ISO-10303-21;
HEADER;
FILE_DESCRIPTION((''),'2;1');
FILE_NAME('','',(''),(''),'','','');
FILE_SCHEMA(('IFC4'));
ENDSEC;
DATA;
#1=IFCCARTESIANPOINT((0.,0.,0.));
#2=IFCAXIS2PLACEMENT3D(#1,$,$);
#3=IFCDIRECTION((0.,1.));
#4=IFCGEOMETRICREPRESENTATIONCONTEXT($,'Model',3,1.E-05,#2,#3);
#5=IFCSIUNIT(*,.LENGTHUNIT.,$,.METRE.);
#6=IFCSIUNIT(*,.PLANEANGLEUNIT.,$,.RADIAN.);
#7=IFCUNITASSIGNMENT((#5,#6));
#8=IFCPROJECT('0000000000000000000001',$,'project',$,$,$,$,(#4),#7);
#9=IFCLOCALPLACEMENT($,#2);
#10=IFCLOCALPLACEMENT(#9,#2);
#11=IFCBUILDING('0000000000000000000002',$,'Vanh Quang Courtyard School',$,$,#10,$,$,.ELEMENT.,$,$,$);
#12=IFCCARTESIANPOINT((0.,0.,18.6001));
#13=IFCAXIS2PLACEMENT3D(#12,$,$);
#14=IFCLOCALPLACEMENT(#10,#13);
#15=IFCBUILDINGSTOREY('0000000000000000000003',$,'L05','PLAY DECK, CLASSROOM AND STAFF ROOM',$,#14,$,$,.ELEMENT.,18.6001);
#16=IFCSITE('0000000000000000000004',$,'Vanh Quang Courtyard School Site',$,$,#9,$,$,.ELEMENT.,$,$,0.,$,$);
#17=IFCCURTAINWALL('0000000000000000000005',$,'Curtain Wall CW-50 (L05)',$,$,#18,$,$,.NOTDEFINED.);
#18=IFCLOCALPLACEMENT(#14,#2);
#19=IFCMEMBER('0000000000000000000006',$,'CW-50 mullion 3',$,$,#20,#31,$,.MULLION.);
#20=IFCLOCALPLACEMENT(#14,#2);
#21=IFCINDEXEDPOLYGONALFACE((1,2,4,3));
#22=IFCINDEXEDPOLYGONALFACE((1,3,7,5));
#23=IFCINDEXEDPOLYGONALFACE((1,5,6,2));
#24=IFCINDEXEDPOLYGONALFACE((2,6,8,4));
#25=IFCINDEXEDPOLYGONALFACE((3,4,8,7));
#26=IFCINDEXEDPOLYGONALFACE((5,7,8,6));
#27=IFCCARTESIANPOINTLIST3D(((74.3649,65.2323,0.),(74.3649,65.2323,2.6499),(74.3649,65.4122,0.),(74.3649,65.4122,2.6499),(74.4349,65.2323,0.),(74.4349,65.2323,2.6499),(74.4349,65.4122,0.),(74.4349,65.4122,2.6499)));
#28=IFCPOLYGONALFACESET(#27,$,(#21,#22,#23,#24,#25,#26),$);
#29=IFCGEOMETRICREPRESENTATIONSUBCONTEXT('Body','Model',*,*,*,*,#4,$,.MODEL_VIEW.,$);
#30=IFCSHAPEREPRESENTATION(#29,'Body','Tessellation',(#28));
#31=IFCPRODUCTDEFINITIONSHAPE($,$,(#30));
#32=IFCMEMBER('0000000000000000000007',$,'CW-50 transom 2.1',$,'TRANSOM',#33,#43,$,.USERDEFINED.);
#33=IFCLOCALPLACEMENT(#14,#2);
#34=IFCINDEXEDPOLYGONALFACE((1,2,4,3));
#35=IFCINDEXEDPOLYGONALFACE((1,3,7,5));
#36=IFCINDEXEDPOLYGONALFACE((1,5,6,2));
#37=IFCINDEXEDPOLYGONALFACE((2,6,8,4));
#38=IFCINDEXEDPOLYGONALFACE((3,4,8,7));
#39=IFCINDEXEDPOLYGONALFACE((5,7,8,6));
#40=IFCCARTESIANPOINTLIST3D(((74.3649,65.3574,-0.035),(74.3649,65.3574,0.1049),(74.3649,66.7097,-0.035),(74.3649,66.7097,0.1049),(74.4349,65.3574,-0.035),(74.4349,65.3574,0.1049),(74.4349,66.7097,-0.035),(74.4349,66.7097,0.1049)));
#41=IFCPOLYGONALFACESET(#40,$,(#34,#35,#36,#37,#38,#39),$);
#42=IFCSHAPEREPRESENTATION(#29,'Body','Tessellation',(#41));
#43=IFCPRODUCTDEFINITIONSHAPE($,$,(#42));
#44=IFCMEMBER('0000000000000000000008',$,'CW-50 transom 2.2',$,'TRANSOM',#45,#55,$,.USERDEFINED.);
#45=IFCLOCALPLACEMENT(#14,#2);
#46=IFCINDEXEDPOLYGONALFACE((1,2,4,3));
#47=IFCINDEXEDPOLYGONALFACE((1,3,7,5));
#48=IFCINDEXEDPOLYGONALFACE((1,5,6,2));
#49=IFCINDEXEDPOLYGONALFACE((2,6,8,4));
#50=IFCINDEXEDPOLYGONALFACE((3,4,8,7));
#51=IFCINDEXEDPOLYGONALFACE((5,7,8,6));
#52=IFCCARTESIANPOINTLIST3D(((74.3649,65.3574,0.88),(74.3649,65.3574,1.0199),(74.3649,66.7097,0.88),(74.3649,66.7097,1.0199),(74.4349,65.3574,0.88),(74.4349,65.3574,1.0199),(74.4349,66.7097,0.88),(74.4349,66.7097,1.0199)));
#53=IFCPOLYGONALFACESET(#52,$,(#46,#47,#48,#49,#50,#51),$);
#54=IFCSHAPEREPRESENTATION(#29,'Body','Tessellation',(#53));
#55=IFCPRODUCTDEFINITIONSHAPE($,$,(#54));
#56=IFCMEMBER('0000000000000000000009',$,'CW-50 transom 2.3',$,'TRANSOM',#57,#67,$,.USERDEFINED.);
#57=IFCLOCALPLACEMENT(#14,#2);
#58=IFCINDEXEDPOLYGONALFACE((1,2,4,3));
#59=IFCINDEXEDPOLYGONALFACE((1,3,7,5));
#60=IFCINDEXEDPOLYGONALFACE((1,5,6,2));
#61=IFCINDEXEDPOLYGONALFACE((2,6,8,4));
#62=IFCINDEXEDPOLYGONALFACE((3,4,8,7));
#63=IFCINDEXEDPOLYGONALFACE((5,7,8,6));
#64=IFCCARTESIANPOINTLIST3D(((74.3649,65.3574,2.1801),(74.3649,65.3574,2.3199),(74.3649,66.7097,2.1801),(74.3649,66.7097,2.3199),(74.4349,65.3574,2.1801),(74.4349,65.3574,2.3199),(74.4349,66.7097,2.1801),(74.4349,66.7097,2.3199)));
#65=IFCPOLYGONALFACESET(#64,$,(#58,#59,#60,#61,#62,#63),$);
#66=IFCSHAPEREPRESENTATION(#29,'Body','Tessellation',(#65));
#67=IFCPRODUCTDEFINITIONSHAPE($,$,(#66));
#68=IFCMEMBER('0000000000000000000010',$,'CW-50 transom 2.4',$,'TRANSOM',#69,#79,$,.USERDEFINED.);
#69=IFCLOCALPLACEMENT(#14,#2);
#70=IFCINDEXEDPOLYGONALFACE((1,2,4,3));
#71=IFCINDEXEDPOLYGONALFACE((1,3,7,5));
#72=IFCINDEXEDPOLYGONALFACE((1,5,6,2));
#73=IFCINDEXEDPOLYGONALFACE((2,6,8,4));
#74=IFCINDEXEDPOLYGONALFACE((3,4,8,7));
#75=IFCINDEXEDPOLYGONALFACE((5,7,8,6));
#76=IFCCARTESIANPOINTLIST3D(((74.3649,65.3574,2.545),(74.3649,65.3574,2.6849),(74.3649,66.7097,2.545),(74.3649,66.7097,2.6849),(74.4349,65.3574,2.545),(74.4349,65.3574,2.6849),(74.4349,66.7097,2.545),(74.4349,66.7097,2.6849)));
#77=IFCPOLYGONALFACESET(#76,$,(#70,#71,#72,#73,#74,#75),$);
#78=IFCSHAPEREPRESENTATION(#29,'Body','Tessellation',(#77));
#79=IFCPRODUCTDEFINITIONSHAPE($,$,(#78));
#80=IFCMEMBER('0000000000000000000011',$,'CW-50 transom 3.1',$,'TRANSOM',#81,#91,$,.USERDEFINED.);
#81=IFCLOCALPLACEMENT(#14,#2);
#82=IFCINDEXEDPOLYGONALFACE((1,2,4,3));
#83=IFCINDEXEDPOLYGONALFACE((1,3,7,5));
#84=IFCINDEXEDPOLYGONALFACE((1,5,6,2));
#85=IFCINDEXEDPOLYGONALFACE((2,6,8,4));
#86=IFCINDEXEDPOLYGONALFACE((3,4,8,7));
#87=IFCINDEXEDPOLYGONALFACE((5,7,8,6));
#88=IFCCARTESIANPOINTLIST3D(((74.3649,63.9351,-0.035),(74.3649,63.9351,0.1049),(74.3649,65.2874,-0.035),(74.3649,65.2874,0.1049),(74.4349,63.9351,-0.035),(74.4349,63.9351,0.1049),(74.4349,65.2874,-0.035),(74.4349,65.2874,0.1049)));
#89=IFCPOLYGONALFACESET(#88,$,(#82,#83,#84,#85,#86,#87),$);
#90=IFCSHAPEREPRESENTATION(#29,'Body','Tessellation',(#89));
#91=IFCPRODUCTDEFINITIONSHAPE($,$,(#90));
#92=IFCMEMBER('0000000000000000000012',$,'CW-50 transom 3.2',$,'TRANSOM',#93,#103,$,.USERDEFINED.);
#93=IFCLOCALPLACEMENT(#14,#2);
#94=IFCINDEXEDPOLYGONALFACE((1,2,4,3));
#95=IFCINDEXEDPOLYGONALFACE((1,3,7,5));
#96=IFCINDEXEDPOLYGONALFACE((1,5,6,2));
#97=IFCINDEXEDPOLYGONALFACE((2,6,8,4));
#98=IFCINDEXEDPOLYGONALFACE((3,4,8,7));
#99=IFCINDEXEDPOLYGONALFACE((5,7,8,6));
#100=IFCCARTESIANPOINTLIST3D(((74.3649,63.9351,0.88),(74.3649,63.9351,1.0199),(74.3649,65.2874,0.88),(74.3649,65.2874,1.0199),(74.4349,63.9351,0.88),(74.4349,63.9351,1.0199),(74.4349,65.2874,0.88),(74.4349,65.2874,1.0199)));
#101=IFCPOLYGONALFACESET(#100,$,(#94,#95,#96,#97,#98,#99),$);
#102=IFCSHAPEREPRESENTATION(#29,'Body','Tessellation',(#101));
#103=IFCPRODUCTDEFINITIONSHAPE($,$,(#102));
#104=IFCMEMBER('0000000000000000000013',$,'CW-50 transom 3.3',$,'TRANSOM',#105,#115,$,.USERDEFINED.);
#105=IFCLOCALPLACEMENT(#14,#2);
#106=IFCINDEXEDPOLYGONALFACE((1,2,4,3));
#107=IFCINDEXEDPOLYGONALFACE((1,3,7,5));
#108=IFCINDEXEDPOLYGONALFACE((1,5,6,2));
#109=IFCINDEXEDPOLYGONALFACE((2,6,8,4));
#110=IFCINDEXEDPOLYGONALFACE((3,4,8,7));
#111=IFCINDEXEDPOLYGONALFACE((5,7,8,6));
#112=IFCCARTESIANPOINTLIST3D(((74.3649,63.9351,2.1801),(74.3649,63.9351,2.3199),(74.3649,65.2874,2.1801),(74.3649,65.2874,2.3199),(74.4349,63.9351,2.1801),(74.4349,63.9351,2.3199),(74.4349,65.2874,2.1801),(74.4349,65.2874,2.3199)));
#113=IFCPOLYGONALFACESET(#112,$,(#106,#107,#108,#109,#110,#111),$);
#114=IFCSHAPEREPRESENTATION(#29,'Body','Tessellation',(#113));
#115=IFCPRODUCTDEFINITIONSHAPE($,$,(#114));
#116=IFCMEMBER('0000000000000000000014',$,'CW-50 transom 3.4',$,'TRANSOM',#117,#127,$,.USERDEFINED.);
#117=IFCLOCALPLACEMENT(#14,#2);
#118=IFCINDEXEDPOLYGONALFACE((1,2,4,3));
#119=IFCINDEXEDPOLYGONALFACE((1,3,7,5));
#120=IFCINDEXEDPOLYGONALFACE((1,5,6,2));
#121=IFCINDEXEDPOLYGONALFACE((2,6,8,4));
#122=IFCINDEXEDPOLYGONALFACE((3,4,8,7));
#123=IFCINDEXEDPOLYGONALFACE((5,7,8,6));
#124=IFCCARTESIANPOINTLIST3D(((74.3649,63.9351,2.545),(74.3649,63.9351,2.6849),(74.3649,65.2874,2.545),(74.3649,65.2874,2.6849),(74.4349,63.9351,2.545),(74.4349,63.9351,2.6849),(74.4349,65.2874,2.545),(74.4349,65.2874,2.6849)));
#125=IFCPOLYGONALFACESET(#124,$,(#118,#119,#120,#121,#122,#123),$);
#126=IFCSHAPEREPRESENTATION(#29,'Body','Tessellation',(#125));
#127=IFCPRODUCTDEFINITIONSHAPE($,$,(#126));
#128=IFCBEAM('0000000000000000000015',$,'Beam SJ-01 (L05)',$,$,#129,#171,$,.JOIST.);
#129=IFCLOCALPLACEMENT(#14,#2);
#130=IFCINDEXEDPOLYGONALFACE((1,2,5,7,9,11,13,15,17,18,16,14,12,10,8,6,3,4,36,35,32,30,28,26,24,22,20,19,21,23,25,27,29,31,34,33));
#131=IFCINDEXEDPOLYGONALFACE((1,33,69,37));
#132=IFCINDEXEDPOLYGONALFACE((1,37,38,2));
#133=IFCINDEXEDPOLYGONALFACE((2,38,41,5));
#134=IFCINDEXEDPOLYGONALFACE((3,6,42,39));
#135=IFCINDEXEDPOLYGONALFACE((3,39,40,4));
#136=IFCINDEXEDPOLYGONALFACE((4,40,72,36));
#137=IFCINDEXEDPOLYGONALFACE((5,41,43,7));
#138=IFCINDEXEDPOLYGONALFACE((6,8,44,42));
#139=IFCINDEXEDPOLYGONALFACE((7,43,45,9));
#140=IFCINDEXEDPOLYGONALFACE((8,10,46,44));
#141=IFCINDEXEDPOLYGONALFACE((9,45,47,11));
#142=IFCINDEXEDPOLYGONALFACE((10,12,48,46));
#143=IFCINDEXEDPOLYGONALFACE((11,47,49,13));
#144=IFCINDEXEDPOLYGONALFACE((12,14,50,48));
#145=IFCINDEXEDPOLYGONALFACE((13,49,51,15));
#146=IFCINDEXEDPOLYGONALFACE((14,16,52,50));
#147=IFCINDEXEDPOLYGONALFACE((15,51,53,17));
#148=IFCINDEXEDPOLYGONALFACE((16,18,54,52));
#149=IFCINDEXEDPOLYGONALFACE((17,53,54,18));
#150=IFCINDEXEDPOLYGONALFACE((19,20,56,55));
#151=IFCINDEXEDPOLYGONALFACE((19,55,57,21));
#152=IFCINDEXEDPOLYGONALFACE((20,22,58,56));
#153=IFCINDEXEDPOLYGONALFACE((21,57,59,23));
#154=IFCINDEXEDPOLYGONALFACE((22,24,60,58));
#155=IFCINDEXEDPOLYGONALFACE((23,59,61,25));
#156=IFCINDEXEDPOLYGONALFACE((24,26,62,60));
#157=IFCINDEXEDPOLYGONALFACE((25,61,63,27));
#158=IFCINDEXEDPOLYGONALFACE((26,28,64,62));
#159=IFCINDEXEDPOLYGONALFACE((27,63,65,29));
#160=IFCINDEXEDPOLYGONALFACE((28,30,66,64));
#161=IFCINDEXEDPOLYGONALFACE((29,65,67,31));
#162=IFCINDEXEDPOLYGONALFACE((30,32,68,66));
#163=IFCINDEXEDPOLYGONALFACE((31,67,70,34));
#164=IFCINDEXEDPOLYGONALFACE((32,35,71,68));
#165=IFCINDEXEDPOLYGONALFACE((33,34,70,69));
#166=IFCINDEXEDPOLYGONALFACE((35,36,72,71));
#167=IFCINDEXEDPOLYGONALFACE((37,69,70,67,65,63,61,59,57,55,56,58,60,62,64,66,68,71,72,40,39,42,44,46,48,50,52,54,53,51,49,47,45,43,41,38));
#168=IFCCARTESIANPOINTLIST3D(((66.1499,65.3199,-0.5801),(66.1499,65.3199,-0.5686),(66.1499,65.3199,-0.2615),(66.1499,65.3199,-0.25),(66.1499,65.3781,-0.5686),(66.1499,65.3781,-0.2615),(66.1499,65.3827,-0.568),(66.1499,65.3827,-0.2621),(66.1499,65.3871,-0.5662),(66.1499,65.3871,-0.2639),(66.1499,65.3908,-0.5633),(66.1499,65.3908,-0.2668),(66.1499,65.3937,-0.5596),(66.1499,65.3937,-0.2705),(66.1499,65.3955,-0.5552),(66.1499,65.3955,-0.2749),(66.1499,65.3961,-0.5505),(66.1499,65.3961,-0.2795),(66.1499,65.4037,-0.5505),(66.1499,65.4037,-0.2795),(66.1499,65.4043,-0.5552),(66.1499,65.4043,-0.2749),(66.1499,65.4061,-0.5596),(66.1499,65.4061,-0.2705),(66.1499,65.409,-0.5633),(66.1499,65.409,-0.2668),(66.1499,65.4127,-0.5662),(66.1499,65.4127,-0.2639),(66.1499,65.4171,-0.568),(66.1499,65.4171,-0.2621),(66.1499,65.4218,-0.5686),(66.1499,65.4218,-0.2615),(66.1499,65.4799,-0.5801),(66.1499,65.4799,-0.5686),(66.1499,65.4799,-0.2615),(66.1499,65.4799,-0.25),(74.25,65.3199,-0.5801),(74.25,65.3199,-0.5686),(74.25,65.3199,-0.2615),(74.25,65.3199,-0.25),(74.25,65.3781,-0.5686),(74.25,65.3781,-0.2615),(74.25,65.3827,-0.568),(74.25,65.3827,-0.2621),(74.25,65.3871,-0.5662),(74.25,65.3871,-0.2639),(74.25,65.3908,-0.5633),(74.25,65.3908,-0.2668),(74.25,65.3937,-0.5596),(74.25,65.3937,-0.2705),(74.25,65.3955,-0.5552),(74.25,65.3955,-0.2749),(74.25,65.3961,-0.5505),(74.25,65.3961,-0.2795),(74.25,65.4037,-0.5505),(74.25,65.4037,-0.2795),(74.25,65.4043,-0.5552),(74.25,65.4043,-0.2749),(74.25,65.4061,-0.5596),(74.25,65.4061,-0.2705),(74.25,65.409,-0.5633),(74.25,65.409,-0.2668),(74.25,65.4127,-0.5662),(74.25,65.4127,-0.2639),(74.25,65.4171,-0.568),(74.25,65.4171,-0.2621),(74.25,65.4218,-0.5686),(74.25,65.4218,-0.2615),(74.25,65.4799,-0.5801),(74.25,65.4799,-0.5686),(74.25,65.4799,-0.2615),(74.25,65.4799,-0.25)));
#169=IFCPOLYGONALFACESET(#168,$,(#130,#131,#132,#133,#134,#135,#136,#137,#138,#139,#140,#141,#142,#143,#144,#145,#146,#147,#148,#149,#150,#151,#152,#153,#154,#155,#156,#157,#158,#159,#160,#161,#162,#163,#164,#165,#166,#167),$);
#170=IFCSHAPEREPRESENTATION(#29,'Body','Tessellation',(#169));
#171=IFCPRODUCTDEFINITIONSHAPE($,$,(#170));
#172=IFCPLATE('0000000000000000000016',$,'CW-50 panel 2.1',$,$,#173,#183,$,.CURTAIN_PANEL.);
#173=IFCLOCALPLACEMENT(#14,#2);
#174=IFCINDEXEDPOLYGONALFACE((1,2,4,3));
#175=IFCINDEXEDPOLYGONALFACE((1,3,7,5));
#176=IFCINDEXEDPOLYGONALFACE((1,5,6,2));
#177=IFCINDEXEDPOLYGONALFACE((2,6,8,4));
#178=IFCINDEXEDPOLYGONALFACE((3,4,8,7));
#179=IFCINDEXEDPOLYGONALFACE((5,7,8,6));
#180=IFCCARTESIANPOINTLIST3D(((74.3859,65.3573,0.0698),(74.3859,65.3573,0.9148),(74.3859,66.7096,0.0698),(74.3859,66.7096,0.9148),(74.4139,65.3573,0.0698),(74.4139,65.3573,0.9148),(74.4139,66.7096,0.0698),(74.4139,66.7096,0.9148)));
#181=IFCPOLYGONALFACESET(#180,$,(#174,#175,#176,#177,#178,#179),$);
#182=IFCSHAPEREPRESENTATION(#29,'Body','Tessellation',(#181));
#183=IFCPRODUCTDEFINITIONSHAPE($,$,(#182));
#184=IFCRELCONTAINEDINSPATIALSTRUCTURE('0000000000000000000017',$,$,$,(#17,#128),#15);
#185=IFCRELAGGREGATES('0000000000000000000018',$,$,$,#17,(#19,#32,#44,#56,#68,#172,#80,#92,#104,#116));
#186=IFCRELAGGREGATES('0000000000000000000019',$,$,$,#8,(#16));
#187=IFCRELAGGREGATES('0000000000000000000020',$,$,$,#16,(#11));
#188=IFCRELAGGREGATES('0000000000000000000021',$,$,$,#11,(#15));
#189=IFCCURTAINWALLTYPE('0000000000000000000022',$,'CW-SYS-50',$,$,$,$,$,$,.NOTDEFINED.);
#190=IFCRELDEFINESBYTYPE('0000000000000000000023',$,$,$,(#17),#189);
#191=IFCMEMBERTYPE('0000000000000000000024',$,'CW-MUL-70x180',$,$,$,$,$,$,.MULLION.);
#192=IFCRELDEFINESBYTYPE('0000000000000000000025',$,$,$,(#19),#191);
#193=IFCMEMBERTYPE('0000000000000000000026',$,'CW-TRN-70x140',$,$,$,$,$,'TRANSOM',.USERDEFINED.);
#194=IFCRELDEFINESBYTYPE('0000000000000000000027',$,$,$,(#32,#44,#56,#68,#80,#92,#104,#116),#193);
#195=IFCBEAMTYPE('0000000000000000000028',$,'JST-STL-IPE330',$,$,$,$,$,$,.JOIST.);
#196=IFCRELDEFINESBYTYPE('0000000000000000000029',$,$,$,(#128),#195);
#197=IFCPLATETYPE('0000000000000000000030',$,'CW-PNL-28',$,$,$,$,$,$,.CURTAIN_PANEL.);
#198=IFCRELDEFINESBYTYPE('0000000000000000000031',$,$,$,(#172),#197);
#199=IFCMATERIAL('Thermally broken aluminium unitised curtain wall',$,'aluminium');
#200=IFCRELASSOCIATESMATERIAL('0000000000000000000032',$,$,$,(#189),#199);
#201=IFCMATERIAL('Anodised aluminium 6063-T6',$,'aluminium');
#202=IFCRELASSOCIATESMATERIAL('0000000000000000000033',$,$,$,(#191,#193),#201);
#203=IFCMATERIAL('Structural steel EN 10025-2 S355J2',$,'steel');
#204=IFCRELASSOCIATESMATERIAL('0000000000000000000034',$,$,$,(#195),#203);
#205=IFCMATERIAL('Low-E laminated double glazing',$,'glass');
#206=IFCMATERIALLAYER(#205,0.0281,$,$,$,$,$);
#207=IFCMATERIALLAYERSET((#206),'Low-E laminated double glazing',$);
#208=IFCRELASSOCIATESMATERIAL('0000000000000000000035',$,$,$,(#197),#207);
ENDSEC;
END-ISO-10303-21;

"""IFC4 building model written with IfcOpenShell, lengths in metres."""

from ifc_helpers import new_model, si_unit, direction, frame, origin, origin_2d, place, context, subcontext, project, spatial, rectangle, i_section, extrude, material, layer, layer_set, material_profile, profile_set, type_object, element, aggregate, save


model = new_model("IFC4")

# Units and contexts
model_context = context("Model", 3, precision=1e-05, world=origin(), true_north=direction((0.0, 1.0)))
body_context = subcontext(model_context, "Body", "Model", "MODEL_VIEW")
ifc_project = project(units=[si_unit("LENGTHUNIT", "METRE"), si_unit("PLANEANGLEUNIT", "RADIAN")], contexts=[model_context])

# Site, building, storey
site_placement = place(None, origin())
site = spatial("IfcSite", under=ifc_project, at=site_placement, Name="Vanh Quang Courtyard School Site", CompositionType="ELEMENT", RefElevation=0.0)
building_placement = place(site_placement, origin())
building = spatial("IfcBuilding", under=site, at=building_placement, Name="Vanh Quang Courtyard School", CompositionType="ELEMENT")
storey_placement = place(building_placement, frame((0.0, 0.0, 18.6001)))
storey = spatial("IfcBuildingStorey", under=building, at=storey_placement, Name="L05", Description="PLAY DECK, CLASSROOM AND STAFF ROOM", CompositionType="ELEMENT", Elevation=18.6001)

# Curtain wall, members
ifc_material_1 = material(Name="Thermally broken aluminium unitised curtain wall", Category="aluminium")
curtain_wall_type_1 = type_object("IfcCurtainWallType", Name="CW-SYS-50", PredefinedType="NOTDEFINED", material=ifc_material_1)
curtain_wall_1_placement = place(storey_placement, origin())
curtain_wall_1 = element("IfcCurtainWall", 1, at=curtain_wall_1_placement, inside=storey, type_object=curtain_wall_type_1, Name="Curtain Wall CW-50 (L05)", PredefinedType="NOTDEFINED")
ifc_material_2 = material(Name="Anodised aluminium 6063-T6", Category="aluminium")
ifc_material_profile_1 = material_profile(ifc_material_2, rectangle(XDim=0.0701, YDim=0.1799, at=origin_2d()), Name="ALU-MUL 70x180")
ifc_profile_set_1 = profile_set([ifc_material_profile_1], Name="Anodised aluminium 6063-T6")
member_type_1 = type_object("IfcMemberType", Name="CW-MUL-70x180", PredefinedType="MULLION", material=ifc_profile_set_1)
member_1_placement = place(storey_placement, frame((74.3999, 65.3223, 0.0), z_axis=(0.0, 0.0, 1.0), x_axis=(1.0, 0.0, 0.0)))
member_1 = element("IfcMember", 2, at=member_1_placement, type_object=member_type_1, Name="CW-50 mullion 3", PredefinedType="MULLION", context=body_context, shape_type="SweptSolid", body=[
    extrude(rectangle(XDim=0.0701, YDim=0.1799, at=origin_2d()), origin(), (0.0, 0.0, 1.0), 2.6499),
])
ifc_material_profile_2 = material_profile(ifc_material_2, rectangle(XDim=0.0701, YDim=0.1399, at=origin_2d()), Name="ALU-TRN 70x140")
ifc_profile_set_2 = profile_set([ifc_material_profile_2], Name="Anodised aluminium 6063-T6")
member_type_2 = type_object("IfcMemberType", Name="CW-TRN-70x140", ElementType="TRANSOM", PredefinedType="USERDEFINED", material=ifc_profile_set_2)
member_2_placement = place(storey_placement, frame((74.3999, 66.7097, 0.0349), z_axis=(0.0, -1.0, 0.0), x_axis=(1.0, 0.0, 0.0)))
member_2 = element("IfcMember", 3, at=member_2_placement, type_object=member_type_2, Name="CW-50 transom 2.1", ObjectType="TRANSOM", PredefinedType="USERDEFINED", context=body_context, shape_type="SweptSolid", body=[
    extrude(rectangle(XDim=0.0701, YDim=0.1399, at=origin_2d()), origin(), (0.0, 0.0, 1.0), 1.3523),
])
member_3_placement = place(storey_placement, frame((74.3999, 66.7097, 0.95), z_axis=(0.0, -1.0, 0.0), x_axis=(1.0, 0.0, 0.0)))
member_3 = element("IfcMember", 4, at=member_3_placement, type_object=member_type_2, Name="CW-50 transom 2.2", ObjectType="TRANSOM", PredefinedType="USERDEFINED", context=body_context, shape_type="SweptSolid", body=[
    extrude(rectangle(XDim=0.0701, YDim=0.1399, at=origin_2d()), origin(), (0.0, 0.0, 1.0), 1.3523),
])
member_4_placement = place(storey_placement, frame((74.3999, 66.7097, 2.25), z_axis=(0.0, -1.0, 0.0), x_axis=(1.0, 0.0, 0.0)))
member_4 = element("IfcMember", 5, at=member_4_placement, type_object=member_type_2, Name="CW-50 transom 2.3", ObjectType="TRANSOM", PredefinedType="USERDEFINED", context=body_context, shape_type="SweptSolid", body=[
    extrude(rectangle(XDim=0.0701, YDim=0.1399, at=origin_2d()), origin(), (0.0, 0.0, 1.0), 1.3523),
])
member_5_placement = place(storey_placement, frame((74.3999, 66.7097, 2.615), z_axis=(0.0, -1.0, 0.0), x_axis=(1.0, 0.0, 0.0)))
member_5 = element("IfcMember", 6, at=member_5_placement, type_object=member_type_2, Name="CW-50 transom 2.4", ObjectType="TRANSOM", PredefinedType="USERDEFINED", context=body_context, shape_type="SweptSolid", body=[
    extrude(rectangle(XDim=0.0701, YDim=0.1399, at=origin_2d()), origin(), (0.0, 0.0, 1.0), 1.3523),
])
member_6_placement = place(storey_placement, frame((74.3999, 65.2874, 0.0349), z_axis=(0.0, -1.0, 0.0), x_axis=(1.0, 0.0, 0.0)))
member_6 = element("IfcMember", 7, at=member_6_placement, type_object=member_type_2, Name="CW-50 transom 3.1", ObjectType="TRANSOM", PredefinedType="USERDEFINED", context=body_context, shape_type="SweptSolid", body=[
    extrude(rectangle(XDim=0.0701, YDim=0.1399, at=origin_2d()), origin(), (0.0, 0.0, 1.0), 1.3523),
])
member_7_placement = place(storey_placement, frame((74.3999, 65.2874, 0.95), z_axis=(0.0, -1.0, 0.0), x_axis=(1.0, 0.0, 0.0)))
member_7 = element("IfcMember", 8, at=member_7_placement, type_object=member_type_2, Name="CW-50 transom 3.2", ObjectType="TRANSOM", PredefinedType="USERDEFINED", context=body_context, shape_type="SweptSolid", body=[
    extrude(rectangle(XDim=0.0701, YDim=0.1399, at=origin_2d()), origin(), (0.0, 0.0, 1.0), 1.3523),
])
member_8_placement = place(storey_placement, frame((74.3999, 65.2874, 2.25), z_axis=(0.0, -1.0, 0.0), x_axis=(1.0, 0.0, 0.0)))
member_8 = element("IfcMember", 9, at=member_8_placement, type_object=member_type_2, Name="CW-50 transom 3.3", ObjectType="TRANSOM", PredefinedType="USERDEFINED", context=body_context, shape_type="SweptSolid", body=[
    extrude(rectangle(XDim=0.0701, YDim=0.1399, at=origin_2d()), origin(), (0.0, 0.0, 1.0), 1.3523),
])
member_9_placement = place(storey_placement, frame((74.3999, 65.2874, 2.615), z_axis=(0.0, -1.0, 0.0), x_axis=(1.0, 0.0, 0.0)))
member_9 = element("IfcMember", 10, at=member_9_placement, type_object=member_type_2, Name="CW-50 transom 3.4", ObjectType="TRANSOM", PredefinedType="USERDEFINED", context=body_context, shape_type="SweptSolid", body=[
    extrude(rectangle(XDim=0.0701, YDim=0.1399, at=origin_2d()), origin(), (0.0, 0.0, 1.0), 1.3523),
])

# Beam
ifc_material_3 = material(Name="Structural steel EN 10025-2 S355J2", Category="steel")
ifc_material_profile_3 = material_profile(ifc_material_3, i_section(OverallWidth=0.1599, OverallDepth=0.3301, WebThickness=0.0076, FlangeThickness=0.0115, FilletRadius=0.0181, at=origin_2d()), Name="IPE 330")
ifc_profile_set_3 = profile_set([ifc_material_profile_3], Name="Structural steel EN 10025-2 S355J2")
beam_type = type_object("IfcBeamType", Name="JST-STL-IPE330", PredefinedType="JOIST", material=ifc_profile_set_3)
beam_placement = place(storey_placement, frame((66.1499, 65.3999, -0.415), z_axis=(1.0, 0.0, 0.0), x_axis=(0.0, 1.0, 0.0)))
element("IfcBeam", 11, at=beam_placement, inside=storey, type_object=beam_type, Name="Beam SJ-01 (L05)", PredefinedType="JOIST", context=body_context, shape_type="SweptSolid", body=[
    extrude(i_section(OverallWidth=0.1599, OverallDepth=0.3301, WebThickness=0.0076, FlangeThickness=0.0115, FilletRadius=0.0181, at=origin_2d()), origin(), (0.0, 0.0, 1.0), 8.1001),
])

# Plate
ifc_material_4 = material(Name="Low-E laminated double glazing", Category="glass")
ifc_layer_1 = layer(ifc_material_4, 0.0281)
ifc_layer_set_1 = layer_set([ifc_layer_1], Name="Low-E laminated double glazing")
plate_type = type_object("IfcPlateType", Name="CW-PNL-28", PredefinedType="CURTAIN_PANEL", material=ifc_layer_set_1)
plate_1_placement = place(storey_placement, frame((74.3999, 66.0334, 0.0698), z_axis=(0.0, 0.0, 1.0), x_axis=(0.0, -1.0, 0.0)))
plate_1 = element("IfcPlate", 12, at=plate_1_placement, type_object=plate_type, Name="CW-50 panel 2.1", PredefinedType="CURTAIN_PANEL", context=body_context, shape_type="SweptSolid", body=[
    extrude(rectangle(XDim=1.3523, YDim=0.0281, at=origin_2d()), origin(), (0.0, 0.0, 1.0), 0.845),
])
aggregate(curtain_wall_1, [member_1, member_2, member_3, member_4, member_5, plate_1, member_6, member_7, member_8, member_9])

save(model, "model.ifc")
